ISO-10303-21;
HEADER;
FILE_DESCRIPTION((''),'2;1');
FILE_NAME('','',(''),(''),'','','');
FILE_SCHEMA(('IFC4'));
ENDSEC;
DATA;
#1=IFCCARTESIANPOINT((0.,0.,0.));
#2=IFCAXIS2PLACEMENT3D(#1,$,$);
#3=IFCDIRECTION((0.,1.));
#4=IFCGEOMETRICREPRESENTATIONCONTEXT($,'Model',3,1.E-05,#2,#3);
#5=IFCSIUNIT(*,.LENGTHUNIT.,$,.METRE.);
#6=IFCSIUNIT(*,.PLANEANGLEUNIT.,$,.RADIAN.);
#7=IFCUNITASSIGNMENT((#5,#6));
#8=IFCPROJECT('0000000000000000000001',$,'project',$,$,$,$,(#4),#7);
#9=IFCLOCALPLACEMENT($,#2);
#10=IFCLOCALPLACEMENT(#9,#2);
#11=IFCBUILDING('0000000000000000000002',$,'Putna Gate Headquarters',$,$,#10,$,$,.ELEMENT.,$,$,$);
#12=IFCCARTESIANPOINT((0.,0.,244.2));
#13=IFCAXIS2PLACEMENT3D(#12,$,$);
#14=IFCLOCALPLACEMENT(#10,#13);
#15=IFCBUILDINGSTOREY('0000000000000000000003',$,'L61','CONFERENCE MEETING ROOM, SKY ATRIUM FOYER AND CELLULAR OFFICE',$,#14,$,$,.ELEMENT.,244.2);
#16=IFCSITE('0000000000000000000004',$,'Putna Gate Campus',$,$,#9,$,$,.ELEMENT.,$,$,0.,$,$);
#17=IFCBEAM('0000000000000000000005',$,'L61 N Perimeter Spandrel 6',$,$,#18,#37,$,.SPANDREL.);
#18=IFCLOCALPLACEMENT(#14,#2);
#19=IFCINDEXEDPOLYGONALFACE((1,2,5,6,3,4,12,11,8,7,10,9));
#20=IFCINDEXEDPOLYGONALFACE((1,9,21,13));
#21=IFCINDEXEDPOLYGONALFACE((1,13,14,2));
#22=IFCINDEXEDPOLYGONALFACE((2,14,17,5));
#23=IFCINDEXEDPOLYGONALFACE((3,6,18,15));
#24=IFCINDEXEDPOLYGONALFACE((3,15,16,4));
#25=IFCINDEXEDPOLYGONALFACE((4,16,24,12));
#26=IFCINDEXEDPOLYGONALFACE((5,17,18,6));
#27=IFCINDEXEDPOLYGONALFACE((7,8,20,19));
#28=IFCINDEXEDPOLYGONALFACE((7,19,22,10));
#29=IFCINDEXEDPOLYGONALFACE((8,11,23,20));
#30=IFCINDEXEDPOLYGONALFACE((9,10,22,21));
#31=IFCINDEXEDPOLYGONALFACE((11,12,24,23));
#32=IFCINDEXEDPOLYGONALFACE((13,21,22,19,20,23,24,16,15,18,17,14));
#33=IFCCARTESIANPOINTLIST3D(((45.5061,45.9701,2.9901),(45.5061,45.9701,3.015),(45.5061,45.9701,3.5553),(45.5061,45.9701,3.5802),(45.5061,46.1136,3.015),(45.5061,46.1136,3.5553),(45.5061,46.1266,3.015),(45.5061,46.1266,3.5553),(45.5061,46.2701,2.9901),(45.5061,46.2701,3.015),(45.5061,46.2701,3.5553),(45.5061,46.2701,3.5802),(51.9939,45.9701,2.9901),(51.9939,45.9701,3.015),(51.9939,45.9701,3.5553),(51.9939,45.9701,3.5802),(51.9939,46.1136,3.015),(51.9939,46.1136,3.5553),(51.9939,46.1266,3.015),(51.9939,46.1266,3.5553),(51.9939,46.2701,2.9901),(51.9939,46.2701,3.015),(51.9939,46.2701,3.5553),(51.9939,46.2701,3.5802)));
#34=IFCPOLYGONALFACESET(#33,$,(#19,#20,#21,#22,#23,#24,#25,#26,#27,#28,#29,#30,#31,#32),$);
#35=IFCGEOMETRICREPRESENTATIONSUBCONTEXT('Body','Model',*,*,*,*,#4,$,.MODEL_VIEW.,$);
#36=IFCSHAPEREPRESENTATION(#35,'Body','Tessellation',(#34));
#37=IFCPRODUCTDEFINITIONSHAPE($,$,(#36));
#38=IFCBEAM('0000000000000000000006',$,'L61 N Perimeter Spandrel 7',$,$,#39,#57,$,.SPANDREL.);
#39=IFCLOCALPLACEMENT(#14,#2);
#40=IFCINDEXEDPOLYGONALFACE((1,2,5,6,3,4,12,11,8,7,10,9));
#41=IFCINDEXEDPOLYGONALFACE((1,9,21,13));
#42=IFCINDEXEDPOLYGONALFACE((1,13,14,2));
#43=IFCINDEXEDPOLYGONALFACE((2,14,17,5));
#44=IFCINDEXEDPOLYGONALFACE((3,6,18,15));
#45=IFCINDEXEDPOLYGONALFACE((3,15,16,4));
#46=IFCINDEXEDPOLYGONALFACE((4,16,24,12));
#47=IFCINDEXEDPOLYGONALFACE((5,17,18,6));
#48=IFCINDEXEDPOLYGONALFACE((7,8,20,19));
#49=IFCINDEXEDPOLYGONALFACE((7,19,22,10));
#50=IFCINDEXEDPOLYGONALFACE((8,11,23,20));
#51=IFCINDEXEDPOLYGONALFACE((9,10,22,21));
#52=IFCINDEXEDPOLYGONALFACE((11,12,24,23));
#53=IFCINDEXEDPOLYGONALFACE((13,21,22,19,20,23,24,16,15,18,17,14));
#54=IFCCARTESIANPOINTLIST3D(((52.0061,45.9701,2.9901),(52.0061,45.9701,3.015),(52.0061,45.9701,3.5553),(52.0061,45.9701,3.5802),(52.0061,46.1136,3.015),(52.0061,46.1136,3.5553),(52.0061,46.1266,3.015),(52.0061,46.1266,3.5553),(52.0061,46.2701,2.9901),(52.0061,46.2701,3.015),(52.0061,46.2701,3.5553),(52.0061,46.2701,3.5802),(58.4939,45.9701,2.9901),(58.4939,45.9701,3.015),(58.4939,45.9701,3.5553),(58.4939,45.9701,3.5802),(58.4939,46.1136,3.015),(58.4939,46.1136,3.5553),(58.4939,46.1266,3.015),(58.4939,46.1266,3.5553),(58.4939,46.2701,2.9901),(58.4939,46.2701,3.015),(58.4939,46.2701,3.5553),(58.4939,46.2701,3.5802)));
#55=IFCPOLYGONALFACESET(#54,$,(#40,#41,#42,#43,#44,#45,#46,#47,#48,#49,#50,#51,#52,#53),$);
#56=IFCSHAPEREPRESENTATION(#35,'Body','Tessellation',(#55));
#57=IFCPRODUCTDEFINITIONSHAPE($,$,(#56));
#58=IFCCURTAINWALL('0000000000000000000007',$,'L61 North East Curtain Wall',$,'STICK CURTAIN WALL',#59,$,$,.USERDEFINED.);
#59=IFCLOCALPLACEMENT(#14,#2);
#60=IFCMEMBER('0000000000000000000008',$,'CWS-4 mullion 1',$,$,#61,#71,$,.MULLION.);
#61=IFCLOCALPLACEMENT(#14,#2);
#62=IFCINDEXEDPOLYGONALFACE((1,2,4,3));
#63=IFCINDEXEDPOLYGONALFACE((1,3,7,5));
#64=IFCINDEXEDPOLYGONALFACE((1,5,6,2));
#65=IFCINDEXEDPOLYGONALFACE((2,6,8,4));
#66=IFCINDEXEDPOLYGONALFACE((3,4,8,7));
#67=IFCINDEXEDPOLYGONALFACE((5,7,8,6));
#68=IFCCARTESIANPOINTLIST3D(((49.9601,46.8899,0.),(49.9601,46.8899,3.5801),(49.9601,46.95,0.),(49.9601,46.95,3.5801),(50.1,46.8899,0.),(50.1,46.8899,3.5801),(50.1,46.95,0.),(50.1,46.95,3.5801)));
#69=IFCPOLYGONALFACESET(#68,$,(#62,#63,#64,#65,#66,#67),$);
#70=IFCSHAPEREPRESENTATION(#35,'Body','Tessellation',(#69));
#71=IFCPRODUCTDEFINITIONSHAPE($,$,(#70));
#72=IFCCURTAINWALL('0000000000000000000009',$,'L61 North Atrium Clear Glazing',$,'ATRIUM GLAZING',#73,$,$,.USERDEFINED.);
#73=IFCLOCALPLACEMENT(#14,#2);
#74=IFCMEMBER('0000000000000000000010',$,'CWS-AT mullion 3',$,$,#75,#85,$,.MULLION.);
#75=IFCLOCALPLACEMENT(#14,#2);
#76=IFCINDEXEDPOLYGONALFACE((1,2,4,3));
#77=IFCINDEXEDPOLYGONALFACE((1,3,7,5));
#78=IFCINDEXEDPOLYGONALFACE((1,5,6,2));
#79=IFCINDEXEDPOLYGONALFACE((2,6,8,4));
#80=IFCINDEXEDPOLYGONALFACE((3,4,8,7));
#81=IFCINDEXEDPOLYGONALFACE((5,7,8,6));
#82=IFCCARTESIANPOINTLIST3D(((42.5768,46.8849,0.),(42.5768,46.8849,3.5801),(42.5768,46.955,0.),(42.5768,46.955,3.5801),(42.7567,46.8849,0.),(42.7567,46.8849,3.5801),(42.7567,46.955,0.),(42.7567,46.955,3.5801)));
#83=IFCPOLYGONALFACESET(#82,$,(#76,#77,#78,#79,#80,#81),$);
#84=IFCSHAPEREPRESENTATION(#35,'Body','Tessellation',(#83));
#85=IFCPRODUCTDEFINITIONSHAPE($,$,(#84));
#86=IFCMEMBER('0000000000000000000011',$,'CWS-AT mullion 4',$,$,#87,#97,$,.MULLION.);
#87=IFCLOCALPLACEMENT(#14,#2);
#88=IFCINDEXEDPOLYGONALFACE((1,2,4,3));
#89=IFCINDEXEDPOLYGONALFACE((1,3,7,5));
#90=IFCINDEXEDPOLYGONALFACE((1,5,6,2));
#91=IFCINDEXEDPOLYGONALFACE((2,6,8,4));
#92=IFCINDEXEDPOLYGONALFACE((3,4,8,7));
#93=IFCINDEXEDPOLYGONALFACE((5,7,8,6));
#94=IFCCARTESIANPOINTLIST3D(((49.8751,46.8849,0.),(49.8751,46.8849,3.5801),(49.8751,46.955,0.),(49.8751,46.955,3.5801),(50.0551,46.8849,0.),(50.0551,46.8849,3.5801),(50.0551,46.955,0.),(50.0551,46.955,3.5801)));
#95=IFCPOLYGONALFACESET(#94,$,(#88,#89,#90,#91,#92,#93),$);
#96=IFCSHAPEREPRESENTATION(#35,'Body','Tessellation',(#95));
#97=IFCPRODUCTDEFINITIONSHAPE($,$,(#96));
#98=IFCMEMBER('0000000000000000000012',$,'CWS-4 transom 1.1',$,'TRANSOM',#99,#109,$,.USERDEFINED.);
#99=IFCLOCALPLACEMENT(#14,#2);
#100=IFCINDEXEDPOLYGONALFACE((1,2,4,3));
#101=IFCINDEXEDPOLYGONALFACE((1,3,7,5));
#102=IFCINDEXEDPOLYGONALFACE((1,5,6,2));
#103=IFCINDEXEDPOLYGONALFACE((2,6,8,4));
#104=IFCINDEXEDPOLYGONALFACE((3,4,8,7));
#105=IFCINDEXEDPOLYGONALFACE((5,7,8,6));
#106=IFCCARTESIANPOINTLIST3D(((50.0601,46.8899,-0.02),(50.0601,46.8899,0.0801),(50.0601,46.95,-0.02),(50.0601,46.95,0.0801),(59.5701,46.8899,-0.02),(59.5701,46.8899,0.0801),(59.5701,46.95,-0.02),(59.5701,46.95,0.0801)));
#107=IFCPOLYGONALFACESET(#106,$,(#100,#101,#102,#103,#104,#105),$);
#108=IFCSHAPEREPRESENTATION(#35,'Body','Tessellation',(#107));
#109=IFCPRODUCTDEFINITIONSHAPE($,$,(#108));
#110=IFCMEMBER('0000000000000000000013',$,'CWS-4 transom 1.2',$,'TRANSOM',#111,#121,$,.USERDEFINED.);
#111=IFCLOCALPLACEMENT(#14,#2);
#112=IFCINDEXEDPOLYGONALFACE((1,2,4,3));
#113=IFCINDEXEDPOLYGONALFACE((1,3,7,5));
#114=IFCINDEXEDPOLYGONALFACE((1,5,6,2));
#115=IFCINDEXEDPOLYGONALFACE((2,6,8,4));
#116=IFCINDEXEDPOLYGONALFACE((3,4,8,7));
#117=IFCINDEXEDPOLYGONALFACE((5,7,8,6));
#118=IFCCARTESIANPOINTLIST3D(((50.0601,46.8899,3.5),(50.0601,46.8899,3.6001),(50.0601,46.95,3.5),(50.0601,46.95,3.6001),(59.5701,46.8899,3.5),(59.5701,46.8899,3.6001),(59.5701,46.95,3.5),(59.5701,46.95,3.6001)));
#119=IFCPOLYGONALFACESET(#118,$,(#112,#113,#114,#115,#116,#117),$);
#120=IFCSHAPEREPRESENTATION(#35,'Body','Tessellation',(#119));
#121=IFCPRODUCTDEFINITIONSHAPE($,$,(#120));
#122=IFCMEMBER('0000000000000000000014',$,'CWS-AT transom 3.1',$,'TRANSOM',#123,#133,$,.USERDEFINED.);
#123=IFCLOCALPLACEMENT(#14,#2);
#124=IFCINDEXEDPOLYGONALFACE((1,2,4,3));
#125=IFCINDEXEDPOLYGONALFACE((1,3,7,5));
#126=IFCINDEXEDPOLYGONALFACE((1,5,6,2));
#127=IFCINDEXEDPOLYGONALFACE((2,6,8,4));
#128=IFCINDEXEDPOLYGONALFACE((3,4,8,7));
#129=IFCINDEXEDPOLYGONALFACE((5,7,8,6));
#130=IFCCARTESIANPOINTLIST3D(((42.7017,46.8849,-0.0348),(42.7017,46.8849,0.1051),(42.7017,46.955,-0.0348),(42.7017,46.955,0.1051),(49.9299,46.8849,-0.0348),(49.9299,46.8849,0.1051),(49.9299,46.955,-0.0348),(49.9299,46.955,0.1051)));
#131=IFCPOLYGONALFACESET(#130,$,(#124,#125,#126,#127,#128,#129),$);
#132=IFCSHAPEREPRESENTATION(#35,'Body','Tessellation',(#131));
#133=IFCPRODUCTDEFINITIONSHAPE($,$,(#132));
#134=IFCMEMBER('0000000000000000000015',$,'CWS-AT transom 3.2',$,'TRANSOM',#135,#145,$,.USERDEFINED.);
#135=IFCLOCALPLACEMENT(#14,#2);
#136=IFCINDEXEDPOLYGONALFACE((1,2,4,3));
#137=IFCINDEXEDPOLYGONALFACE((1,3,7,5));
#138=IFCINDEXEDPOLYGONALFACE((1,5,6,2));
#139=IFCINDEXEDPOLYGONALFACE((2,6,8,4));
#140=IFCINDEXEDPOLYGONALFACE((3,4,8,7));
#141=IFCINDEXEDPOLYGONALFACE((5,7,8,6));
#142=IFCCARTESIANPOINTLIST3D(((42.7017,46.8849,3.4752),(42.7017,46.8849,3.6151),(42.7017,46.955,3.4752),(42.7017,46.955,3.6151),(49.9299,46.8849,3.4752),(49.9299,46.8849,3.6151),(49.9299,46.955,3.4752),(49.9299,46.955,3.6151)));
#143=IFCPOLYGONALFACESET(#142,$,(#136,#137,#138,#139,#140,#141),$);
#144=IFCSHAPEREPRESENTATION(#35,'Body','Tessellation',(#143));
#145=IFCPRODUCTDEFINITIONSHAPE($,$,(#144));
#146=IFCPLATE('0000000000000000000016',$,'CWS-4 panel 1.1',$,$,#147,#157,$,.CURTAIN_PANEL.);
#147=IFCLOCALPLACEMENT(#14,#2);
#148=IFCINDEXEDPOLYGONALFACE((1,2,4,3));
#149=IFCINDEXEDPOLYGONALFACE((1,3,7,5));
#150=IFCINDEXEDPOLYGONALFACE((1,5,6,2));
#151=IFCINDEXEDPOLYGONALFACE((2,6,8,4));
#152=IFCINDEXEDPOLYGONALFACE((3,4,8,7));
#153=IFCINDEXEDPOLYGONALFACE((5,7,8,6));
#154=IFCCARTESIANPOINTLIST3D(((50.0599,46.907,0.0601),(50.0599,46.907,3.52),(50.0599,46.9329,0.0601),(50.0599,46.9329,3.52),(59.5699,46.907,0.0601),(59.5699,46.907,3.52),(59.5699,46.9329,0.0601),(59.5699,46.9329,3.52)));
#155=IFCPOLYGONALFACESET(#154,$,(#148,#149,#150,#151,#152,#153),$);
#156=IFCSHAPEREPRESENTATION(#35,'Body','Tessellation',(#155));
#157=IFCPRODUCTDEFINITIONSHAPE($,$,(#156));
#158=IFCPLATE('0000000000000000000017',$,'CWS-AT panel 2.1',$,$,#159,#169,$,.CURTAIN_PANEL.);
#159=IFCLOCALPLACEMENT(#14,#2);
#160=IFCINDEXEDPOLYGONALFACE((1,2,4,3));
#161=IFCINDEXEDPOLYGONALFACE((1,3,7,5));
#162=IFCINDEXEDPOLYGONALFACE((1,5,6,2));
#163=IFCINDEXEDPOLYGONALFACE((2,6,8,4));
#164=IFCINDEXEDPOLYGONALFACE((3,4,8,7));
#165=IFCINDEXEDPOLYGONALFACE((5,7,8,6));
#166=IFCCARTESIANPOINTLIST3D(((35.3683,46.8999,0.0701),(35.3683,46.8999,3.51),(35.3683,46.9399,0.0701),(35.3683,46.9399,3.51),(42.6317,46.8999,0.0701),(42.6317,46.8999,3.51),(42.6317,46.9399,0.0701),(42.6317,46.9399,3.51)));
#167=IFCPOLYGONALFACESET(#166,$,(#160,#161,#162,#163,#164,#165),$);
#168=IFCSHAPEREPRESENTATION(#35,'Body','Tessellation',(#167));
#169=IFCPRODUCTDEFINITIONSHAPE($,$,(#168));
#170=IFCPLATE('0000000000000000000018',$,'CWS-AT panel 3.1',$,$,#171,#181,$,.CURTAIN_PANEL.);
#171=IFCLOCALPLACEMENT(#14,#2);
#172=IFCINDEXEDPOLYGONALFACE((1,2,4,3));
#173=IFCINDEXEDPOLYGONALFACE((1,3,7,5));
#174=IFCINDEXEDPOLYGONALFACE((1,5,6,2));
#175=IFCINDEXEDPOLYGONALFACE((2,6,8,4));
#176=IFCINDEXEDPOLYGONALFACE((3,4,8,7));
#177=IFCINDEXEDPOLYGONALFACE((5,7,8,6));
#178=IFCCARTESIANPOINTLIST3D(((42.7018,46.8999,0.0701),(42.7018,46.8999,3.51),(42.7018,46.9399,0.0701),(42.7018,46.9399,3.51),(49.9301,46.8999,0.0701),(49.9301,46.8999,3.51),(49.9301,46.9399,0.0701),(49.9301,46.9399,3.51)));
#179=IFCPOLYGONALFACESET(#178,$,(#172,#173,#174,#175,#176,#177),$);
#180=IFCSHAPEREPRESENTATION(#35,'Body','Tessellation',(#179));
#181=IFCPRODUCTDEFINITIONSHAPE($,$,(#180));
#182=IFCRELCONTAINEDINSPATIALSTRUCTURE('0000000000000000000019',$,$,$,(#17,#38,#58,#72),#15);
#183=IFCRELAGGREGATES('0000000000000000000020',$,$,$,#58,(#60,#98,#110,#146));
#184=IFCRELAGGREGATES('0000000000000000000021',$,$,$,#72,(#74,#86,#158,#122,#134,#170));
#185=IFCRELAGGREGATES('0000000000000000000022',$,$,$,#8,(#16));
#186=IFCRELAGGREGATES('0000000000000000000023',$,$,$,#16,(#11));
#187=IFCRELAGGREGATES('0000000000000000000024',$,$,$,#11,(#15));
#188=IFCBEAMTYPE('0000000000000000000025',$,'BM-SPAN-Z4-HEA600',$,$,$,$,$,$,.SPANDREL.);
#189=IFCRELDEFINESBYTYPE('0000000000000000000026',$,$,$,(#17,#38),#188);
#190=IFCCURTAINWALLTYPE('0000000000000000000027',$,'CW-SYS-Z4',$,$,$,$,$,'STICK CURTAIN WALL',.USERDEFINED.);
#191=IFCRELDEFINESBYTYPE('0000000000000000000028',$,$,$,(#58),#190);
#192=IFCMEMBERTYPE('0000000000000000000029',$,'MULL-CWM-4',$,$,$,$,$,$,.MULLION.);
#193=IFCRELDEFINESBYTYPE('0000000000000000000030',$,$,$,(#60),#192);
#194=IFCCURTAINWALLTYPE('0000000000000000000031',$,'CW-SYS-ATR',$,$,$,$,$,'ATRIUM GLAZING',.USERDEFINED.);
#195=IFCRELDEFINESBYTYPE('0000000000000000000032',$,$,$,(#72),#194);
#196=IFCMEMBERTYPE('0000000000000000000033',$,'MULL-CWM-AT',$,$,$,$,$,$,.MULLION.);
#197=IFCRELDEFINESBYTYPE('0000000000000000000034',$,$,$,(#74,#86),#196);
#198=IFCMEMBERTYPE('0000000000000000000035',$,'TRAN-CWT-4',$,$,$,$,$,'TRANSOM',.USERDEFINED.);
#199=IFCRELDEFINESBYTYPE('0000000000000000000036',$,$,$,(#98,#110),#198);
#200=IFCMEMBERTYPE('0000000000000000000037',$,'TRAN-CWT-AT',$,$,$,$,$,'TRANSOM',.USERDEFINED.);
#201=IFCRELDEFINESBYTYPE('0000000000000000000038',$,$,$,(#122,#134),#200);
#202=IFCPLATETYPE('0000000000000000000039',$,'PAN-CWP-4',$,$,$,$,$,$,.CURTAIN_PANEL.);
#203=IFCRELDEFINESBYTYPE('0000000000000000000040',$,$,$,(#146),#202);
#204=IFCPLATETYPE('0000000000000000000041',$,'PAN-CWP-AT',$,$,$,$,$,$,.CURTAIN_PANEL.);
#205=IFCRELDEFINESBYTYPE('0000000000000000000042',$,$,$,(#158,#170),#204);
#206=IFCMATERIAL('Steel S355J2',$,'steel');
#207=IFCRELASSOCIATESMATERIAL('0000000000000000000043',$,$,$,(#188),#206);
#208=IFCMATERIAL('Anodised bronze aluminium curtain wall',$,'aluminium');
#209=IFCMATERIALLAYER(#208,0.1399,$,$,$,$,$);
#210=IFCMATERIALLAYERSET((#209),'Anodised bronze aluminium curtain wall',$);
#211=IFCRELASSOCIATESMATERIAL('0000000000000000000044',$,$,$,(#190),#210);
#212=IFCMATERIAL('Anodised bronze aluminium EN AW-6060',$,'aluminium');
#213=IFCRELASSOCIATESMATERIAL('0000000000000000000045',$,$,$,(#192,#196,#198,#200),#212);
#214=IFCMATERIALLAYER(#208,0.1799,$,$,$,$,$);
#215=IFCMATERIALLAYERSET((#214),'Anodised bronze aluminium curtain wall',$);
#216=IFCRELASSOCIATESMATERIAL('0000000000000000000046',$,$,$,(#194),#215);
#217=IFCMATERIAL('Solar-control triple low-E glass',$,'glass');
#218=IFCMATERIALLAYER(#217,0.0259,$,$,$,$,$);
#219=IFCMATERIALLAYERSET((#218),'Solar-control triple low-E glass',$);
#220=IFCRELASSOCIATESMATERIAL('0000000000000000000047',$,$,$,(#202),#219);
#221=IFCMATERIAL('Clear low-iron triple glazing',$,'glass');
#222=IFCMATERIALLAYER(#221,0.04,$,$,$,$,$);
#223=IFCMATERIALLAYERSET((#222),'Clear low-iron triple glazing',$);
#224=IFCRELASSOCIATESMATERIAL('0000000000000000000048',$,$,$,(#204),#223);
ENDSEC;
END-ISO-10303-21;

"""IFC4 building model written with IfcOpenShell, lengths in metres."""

from ifc_helpers import new_model, si_unit, direction, frame, origin, origin_2d, place, context, subcontext, project, spatial, rectangle, i_section, extrude, material, layer, layer_set, material_profile, profile_set, type_object, element, aggregate, save


model = new_model("IFC4")

# Units and contexts
model_context = context("Model", 3, precision=1e-05, world=origin(), true_north=direction((0.0, 1.0)))
body_context = subcontext(model_context, "Body", "Model", "MODEL_VIEW")
ifc_project = project(units=[si_unit("LENGTHUNIT", "METRE"), si_unit("PLANEANGLEUNIT", "RADIAN")], contexts=[model_context])

# Site, building, storey
site_placement = place(None, origin())
site = spatial("IfcSite", under=ifc_project, at=site_placement, Name="Putna Gate Campus", CompositionType="ELEMENT", RefElevation=0.0)
building_placement = place(site_placement, origin())
building = spatial("IfcBuilding", under=site, at=building_placement, Name="Putna Gate Headquarters", CompositionType="ELEMENT")
storey_placement = place(building_placement, frame((0.0, 0.0, 244.2)))
storey = spatial("IfcBuildingStorey", under=building, at=storey_placement, Name="L61", Description="CONFERENCE MEETING ROOM, SKY ATRIUM FOYER AND CELLULAR OFFICE", CompositionType="ELEMENT", Elevation=244.2)

# Beams
ifc_material_1 = material(Name="Steel S355J2", Category="steel")
ifc_material_profile_1 = material_profile(ifc_material_1, i_section(OverallWidth=0.3, OverallDepth=0.5901, WebThickness=0.0129, FlangeThickness=0.0249, at=origin_2d()), Name="Steel S355J2")
ifc_profile_set_1 = profile_set([ifc_material_profile_1], Name="Steel S355J2")
beam_type_1 = type_object("IfcBeamType", Name="BM-SPAN-Z4-HEA600", PredefinedType="SPANDREL", material=ifc_profile_set_1)
for number, where, z_axis, x_axis, name in (
    (1, (45.5061, 46.1201, 3.2852), (1.0, 0.0, 0.0), (0.0, 1.0, 0.0), "L61 N Perimeter Spandrel 6"),
    (2, (52.0061, 46.1201, 3.2852), (1.0, 0.0, 0.0), (0.0, 1.0, 0.0), "L61 N Perimeter Spandrel 7"),
):
    element("IfcBeam", number, at=place(storey_placement, frame(where, z_axis=z_axis, x_axis=x_axis)), inside=storey, type_object=beam_type_1, Name=name, PredefinedType="SPANDREL", context=body_context, shape_type="SweptSolid", body=[
        extrude(i_section(OverallWidth=0.3, OverallDepth=0.5901, WebThickness=0.0129, FlangeThickness=0.0249, at=origin_2d()), origin(), (0.0, 0.0, 1.0), 6.4878),
    ])

# Curtain wall, member
ifc_material_2 = material(Name="Anodised bronze aluminium curtain wall", Category="aluminium")
ifc_layer_1 = layer(ifc_material_2, 0.1399)
ifc_layer_set_1 = layer_set([ifc_layer_1], Name="Anodised bronze aluminium curtain wall")
curtain_wall_type_1 = type_object("IfcCurtainWallType", Name="CW-SYS-Z4", ElementType="STICK CURTAIN WALL", PredefinedType="USERDEFINED", material=ifc_layer_set_1)
curtain_wall_1_placement = place(storey_placement, origin())
curtain_wall_1 = element("IfcCurtainWall", 3, at=curtain_wall_1_placement, inside=storey, type_object=curtain_wall_type_1, Name="L61 North East Curtain Wall", ObjectType="STICK CURTAIN WALL", PredefinedType="USERDEFINED")
ifc_material_3 = material(Name="Anodised bronze aluminium EN AW-6060", Category="aluminium")
ifc_material_profile_2 = material_profile(ifc_material_3, rectangle(XDim=0.0601, YDim=0.1399, at=origin_2d()), Name="Anodised bronze aluminium EN AW-6060")
ifc_profile_set_2 = profile_set([ifc_material_profile_2], Name="Anodised bronze aluminium EN AW-6060")
member_type_1 = type_object("IfcMemberType", Name="MULL-CWM-4", PredefinedType="MULLION", material=ifc_profile_set_2)
member_1_placement = place(storey_placement, frame((50.03, 46.9199, 0.0), z_axis=(0.0, 0.0, 1.0), x_axis=(0.0, 1.0, 0.0)))
member_1 = element("IfcMember", 4, at=member_1_placement, type_object=member_type_1, Name="CWS-4 mullion 1", PredefinedType="MULLION", context=body_context, shape_type="SweptSolid", body=[
    extrude(rectangle(XDim=0.0601, YDim=0.1399, at=origin_2d()), origin(), (0.0, 0.0, 1.0), 3.5801),
])

# Curtain wall, members
ifc_layer_2 = layer(ifc_material_2, 0.1799)
ifc_layer_set_2 = layer_set([ifc_layer_2], Name="Anodised bronze aluminium curtain wall")
curtain_wall_type_2 = type_object("IfcCurtainWallType", Name="CW-SYS-ATR", ElementType="ATRIUM GLAZING", PredefinedType="USERDEFINED", material=ifc_layer_set_2)
curtain_wall_2_placement = place(storey_placement, origin())
curtain_wall_2 = element("IfcCurtainWall", 5, at=curtain_wall_2_placement, inside=storey, type_object=curtain_wall_type_2, Name="L61 North Atrium Clear Glazing", ObjectType="ATRIUM GLAZING", PredefinedType="USERDEFINED")
ifc_material_profile_3 = material_profile(ifc_material_3, rectangle(XDim=0.0701, YDim=0.1799, at=origin_2d()), Name="Anodised bronze aluminium EN AW-6060")
ifc_profile_set_3 = profile_set([ifc_material_profile_3], Name="Anodised bronze aluminium EN AW-6060")
member_type_2 = type_object("IfcMemberType", Name="MULL-CWM-AT", PredefinedType="MULLION", material=ifc_profile_set_3)
member_2_placement = place(storey_placement, frame((42.6667, 46.9199, 0.0), z_axis=(0.0, 0.0, 1.0), x_axis=(0.0, 1.0, 0.0)))
member_2 = element("IfcMember", 6, at=member_2_placement, type_object=member_type_2, Name="CWS-AT mullion 3", PredefinedType="MULLION", context=body_context, shape_type="SweptSolid", body=[
    extrude(rectangle(XDim=0.0701, YDim=0.1799, at=origin_2d()), origin(), (0.0, 0.0, 1.0), 3.5801),
])
member_3_placement = place(storey_placement, frame((49.9651, 46.9199, 0.0), z_axis=(0.0, 0.0, 1.0), x_axis=(0.0, 1.0, 0.0)))
member_3 = element("IfcMember", 7, at=member_3_placement, type_object=member_type_2, Name="CWS-AT mullion 4", PredefinedType="MULLION", context=body_context, shape_type="SweptSolid", body=[
    extrude(rectangle(XDim=0.0701, YDim=0.1799, at=origin_2d()), origin(), (0.0, 0.0, 1.0), 3.5801),
])

# Members
ifc_material_profile_4 = material_profile(ifc_material_3, rectangle(XDim=0.0601, YDim=0.1001, at=origin_2d()), Name="Anodised bronze aluminium EN AW-6060")
ifc_profile_set_4 = profile_set([ifc_material_profile_4], Name="Anodised bronze aluminium EN AW-6060")
member_type_3 = type_object("IfcMemberType", Name="TRAN-CWT-4", ElementType="TRANSOM", PredefinedType="USERDEFINED", material=ifc_profile_set_4)
member_4_placement = place(storey_placement, frame((50.0601, 46.9199, 0.03), z_axis=(1.0, 0.0, 0.0), x_axis=(0.0, 1.0, 0.0)))
member_4 = element("IfcMember", 8, at=member_4_placement, type_object=member_type_3, Name="CWS-4 transom 1.1", ObjectType="TRANSOM", PredefinedType="USERDEFINED", context=body_context, shape_type="SweptSolid", body=[
    extrude(rectangle(XDim=0.0601, YDim=0.1001, at=origin_2d()), origin(), (0.0, 0.0, 1.0), 9.51),
])
member_5_placement = place(storey_placement, frame((50.0601, 46.9199, 3.55), z_axis=(1.0, 0.0, 0.0), x_axis=(0.0, 1.0, 0.0)))
member_5 = element("IfcMember", 9, at=member_5_placement, type_object=member_type_3, Name="CWS-4 transom 1.2", ObjectType="TRANSOM", PredefinedType="USERDEFINED", context=body_context, shape_type="SweptSolid", body=[
    extrude(rectangle(XDim=0.0601, YDim=0.1001, at=origin_2d()), origin(), (0.0, 0.0, 1.0), 9.51),
])
ifc_material_profile_5 = material_profile(ifc_material_3, rectangle(XDim=0.0701, YDim=0.1399, at=origin_2d()), Name="Anodised bronze aluminium EN AW-6060")
ifc_profile_set_5 = profile_set([ifc_material_profile_5], Name="Anodised bronze aluminium EN AW-6060")
member_type_4 = type_object("IfcMemberType", Name="TRAN-CWT-AT", ElementType="TRANSOM", PredefinedType="USERDEFINED", material=ifc_profile_set_5)
member_6_placement = place(storey_placement, frame((42.7017, 46.9199, 0.0352), z_axis=(1.0, 0.0, 0.0), x_axis=(0.0, 1.0, 0.0)))
member_6 = element("IfcMember", 10, at=member_6_placement, type_object=member_type_4, Name="CWS-AT transom 3.1", ObjectType="TRANSOM", PredefinedType="USERDEFINED", context=body_context, shape_type="SweptSolid", body=[
    extrude(rectangle(XDim=0.0701, YDim=0.1399, at=origin_2d()), origin(), (0.0, 0.0, 1.0), 7.2283),
])
member_7_placement = place(storey_placement, frame((42.7017, 46.9199, 3.5452), z_axis=(1.0, 0.0, 0.0), x_axis=(0.0, 1.0, 0.0)))
member_7 = element("IfcMember", 11, at=member_7_placement, type_object=member_type_4, Name="CWS-AT transom 3.2", ObjectType="TRANSOM", PredefinedType="USERDEFINED", context=body_context, shape_type="SweptSolid", body=[
    extrude(rectangle(XDim=0.0701, YDim=0.1399, at=origin_2d()), origin(), (0.0, 0.0, 1.0), 7.2283),
])

# Plates
ifc_material_4 = material(Name="Solar-control triple low-E glass", Category="glass")
ifc_layer_3 = layer(ifc_material_4, 0.0259)
ifc_layer_set_3 = layer_set([ifc_layer_3], Name="Solar-control triple low-E glass")
plate_type_1 = type_object("IfcPlateType", Name="PAN-CWP-4", PredefinedType="CURTAIN_PANEL", material=ifc_layer_set_3)
plate_1_placement = place(storey_placement, frame((54.8149, 46.9199, 0.0601), z_axis=(0.0, 0.0, 1.0), x_axis=(1.0, 0.0, 0.0)))
plate_1 = element("IfcPlate", 12, at=plate_1_placement, type_object=plate_type_1, Name="CWS-4 panel 1.1", PredefinedType="CURTAIN_PANEL", context=body_context, shape_type="SweptSolid", body=[
    extrude(rectangle(XDim=9.51, YDim=0.0259, at=origin_2d()), origin(), (0.0, 0.0, 1.0), 3.46),
])
aggregate(curtain_wall_1, [member_1, member_4, member_5, plate_1])
ifc_material_5 = material(Name="Clear low-iron triple glazing", Category="glass")
ifc_layer_4 = layer(ifc_material_5, 0.04)
ifc_layer_set_4 = layer_set([ifc_layer_4], Name="Clear low-iron triple glazing")
plate_type_2 = type_object("IfcPlateType", Name="PAN-CWP-AT", PredefinedType="CURTAIN_PANEL", material=ifc_layer_set_4)
plate_2_placement = place(storey_placement, frame((39.0, 46.9199, 0.0701), z_axis=(0.0, 0.0, 1.0), x_axis=(1.0, 0.0, 0.0)))
plate_2 = element("IfcPlate", 13, at=plate_2_placement, type_object=plate_type_2, Name="CWS-AT panel 2.1", PredefinedType="CURTAIN_PANEL", context=body_context, shape_type="SweptSolid", body=[
    extrude(rectangle(XDim=7.2634, YDim=0.04, at=origin_2d()), origin(), (0.0, 0.0, 1.0), 3.4399),
])
plate_3_placement = place(storey_placement, frame((46.3159, 46.9199, 0.0701), z_axis=(0.0, 0.0, 1.0), x_axis=(1.0, 0.0, 0.0)))
plate_3 = element("IfcPlate", 14, at=plate_3_placement, type_object=plate_type_2, Name="CWS-AT panel 3.1", PredefinedType="CURTAIN_PANEL", context=body_context, shape_type="SweptSolid", body=[
    extrude(rectangle(XDim=7.2283, YDim=0.04, at=origin_2d()), origin(), (0.0, 0.0, 1.0), 3.4399),
])
aggregate(curtain_wall_2, [member_2, member_3, plate_2, member_6, member_7, plate_3])

save(model, "model.ifc")
